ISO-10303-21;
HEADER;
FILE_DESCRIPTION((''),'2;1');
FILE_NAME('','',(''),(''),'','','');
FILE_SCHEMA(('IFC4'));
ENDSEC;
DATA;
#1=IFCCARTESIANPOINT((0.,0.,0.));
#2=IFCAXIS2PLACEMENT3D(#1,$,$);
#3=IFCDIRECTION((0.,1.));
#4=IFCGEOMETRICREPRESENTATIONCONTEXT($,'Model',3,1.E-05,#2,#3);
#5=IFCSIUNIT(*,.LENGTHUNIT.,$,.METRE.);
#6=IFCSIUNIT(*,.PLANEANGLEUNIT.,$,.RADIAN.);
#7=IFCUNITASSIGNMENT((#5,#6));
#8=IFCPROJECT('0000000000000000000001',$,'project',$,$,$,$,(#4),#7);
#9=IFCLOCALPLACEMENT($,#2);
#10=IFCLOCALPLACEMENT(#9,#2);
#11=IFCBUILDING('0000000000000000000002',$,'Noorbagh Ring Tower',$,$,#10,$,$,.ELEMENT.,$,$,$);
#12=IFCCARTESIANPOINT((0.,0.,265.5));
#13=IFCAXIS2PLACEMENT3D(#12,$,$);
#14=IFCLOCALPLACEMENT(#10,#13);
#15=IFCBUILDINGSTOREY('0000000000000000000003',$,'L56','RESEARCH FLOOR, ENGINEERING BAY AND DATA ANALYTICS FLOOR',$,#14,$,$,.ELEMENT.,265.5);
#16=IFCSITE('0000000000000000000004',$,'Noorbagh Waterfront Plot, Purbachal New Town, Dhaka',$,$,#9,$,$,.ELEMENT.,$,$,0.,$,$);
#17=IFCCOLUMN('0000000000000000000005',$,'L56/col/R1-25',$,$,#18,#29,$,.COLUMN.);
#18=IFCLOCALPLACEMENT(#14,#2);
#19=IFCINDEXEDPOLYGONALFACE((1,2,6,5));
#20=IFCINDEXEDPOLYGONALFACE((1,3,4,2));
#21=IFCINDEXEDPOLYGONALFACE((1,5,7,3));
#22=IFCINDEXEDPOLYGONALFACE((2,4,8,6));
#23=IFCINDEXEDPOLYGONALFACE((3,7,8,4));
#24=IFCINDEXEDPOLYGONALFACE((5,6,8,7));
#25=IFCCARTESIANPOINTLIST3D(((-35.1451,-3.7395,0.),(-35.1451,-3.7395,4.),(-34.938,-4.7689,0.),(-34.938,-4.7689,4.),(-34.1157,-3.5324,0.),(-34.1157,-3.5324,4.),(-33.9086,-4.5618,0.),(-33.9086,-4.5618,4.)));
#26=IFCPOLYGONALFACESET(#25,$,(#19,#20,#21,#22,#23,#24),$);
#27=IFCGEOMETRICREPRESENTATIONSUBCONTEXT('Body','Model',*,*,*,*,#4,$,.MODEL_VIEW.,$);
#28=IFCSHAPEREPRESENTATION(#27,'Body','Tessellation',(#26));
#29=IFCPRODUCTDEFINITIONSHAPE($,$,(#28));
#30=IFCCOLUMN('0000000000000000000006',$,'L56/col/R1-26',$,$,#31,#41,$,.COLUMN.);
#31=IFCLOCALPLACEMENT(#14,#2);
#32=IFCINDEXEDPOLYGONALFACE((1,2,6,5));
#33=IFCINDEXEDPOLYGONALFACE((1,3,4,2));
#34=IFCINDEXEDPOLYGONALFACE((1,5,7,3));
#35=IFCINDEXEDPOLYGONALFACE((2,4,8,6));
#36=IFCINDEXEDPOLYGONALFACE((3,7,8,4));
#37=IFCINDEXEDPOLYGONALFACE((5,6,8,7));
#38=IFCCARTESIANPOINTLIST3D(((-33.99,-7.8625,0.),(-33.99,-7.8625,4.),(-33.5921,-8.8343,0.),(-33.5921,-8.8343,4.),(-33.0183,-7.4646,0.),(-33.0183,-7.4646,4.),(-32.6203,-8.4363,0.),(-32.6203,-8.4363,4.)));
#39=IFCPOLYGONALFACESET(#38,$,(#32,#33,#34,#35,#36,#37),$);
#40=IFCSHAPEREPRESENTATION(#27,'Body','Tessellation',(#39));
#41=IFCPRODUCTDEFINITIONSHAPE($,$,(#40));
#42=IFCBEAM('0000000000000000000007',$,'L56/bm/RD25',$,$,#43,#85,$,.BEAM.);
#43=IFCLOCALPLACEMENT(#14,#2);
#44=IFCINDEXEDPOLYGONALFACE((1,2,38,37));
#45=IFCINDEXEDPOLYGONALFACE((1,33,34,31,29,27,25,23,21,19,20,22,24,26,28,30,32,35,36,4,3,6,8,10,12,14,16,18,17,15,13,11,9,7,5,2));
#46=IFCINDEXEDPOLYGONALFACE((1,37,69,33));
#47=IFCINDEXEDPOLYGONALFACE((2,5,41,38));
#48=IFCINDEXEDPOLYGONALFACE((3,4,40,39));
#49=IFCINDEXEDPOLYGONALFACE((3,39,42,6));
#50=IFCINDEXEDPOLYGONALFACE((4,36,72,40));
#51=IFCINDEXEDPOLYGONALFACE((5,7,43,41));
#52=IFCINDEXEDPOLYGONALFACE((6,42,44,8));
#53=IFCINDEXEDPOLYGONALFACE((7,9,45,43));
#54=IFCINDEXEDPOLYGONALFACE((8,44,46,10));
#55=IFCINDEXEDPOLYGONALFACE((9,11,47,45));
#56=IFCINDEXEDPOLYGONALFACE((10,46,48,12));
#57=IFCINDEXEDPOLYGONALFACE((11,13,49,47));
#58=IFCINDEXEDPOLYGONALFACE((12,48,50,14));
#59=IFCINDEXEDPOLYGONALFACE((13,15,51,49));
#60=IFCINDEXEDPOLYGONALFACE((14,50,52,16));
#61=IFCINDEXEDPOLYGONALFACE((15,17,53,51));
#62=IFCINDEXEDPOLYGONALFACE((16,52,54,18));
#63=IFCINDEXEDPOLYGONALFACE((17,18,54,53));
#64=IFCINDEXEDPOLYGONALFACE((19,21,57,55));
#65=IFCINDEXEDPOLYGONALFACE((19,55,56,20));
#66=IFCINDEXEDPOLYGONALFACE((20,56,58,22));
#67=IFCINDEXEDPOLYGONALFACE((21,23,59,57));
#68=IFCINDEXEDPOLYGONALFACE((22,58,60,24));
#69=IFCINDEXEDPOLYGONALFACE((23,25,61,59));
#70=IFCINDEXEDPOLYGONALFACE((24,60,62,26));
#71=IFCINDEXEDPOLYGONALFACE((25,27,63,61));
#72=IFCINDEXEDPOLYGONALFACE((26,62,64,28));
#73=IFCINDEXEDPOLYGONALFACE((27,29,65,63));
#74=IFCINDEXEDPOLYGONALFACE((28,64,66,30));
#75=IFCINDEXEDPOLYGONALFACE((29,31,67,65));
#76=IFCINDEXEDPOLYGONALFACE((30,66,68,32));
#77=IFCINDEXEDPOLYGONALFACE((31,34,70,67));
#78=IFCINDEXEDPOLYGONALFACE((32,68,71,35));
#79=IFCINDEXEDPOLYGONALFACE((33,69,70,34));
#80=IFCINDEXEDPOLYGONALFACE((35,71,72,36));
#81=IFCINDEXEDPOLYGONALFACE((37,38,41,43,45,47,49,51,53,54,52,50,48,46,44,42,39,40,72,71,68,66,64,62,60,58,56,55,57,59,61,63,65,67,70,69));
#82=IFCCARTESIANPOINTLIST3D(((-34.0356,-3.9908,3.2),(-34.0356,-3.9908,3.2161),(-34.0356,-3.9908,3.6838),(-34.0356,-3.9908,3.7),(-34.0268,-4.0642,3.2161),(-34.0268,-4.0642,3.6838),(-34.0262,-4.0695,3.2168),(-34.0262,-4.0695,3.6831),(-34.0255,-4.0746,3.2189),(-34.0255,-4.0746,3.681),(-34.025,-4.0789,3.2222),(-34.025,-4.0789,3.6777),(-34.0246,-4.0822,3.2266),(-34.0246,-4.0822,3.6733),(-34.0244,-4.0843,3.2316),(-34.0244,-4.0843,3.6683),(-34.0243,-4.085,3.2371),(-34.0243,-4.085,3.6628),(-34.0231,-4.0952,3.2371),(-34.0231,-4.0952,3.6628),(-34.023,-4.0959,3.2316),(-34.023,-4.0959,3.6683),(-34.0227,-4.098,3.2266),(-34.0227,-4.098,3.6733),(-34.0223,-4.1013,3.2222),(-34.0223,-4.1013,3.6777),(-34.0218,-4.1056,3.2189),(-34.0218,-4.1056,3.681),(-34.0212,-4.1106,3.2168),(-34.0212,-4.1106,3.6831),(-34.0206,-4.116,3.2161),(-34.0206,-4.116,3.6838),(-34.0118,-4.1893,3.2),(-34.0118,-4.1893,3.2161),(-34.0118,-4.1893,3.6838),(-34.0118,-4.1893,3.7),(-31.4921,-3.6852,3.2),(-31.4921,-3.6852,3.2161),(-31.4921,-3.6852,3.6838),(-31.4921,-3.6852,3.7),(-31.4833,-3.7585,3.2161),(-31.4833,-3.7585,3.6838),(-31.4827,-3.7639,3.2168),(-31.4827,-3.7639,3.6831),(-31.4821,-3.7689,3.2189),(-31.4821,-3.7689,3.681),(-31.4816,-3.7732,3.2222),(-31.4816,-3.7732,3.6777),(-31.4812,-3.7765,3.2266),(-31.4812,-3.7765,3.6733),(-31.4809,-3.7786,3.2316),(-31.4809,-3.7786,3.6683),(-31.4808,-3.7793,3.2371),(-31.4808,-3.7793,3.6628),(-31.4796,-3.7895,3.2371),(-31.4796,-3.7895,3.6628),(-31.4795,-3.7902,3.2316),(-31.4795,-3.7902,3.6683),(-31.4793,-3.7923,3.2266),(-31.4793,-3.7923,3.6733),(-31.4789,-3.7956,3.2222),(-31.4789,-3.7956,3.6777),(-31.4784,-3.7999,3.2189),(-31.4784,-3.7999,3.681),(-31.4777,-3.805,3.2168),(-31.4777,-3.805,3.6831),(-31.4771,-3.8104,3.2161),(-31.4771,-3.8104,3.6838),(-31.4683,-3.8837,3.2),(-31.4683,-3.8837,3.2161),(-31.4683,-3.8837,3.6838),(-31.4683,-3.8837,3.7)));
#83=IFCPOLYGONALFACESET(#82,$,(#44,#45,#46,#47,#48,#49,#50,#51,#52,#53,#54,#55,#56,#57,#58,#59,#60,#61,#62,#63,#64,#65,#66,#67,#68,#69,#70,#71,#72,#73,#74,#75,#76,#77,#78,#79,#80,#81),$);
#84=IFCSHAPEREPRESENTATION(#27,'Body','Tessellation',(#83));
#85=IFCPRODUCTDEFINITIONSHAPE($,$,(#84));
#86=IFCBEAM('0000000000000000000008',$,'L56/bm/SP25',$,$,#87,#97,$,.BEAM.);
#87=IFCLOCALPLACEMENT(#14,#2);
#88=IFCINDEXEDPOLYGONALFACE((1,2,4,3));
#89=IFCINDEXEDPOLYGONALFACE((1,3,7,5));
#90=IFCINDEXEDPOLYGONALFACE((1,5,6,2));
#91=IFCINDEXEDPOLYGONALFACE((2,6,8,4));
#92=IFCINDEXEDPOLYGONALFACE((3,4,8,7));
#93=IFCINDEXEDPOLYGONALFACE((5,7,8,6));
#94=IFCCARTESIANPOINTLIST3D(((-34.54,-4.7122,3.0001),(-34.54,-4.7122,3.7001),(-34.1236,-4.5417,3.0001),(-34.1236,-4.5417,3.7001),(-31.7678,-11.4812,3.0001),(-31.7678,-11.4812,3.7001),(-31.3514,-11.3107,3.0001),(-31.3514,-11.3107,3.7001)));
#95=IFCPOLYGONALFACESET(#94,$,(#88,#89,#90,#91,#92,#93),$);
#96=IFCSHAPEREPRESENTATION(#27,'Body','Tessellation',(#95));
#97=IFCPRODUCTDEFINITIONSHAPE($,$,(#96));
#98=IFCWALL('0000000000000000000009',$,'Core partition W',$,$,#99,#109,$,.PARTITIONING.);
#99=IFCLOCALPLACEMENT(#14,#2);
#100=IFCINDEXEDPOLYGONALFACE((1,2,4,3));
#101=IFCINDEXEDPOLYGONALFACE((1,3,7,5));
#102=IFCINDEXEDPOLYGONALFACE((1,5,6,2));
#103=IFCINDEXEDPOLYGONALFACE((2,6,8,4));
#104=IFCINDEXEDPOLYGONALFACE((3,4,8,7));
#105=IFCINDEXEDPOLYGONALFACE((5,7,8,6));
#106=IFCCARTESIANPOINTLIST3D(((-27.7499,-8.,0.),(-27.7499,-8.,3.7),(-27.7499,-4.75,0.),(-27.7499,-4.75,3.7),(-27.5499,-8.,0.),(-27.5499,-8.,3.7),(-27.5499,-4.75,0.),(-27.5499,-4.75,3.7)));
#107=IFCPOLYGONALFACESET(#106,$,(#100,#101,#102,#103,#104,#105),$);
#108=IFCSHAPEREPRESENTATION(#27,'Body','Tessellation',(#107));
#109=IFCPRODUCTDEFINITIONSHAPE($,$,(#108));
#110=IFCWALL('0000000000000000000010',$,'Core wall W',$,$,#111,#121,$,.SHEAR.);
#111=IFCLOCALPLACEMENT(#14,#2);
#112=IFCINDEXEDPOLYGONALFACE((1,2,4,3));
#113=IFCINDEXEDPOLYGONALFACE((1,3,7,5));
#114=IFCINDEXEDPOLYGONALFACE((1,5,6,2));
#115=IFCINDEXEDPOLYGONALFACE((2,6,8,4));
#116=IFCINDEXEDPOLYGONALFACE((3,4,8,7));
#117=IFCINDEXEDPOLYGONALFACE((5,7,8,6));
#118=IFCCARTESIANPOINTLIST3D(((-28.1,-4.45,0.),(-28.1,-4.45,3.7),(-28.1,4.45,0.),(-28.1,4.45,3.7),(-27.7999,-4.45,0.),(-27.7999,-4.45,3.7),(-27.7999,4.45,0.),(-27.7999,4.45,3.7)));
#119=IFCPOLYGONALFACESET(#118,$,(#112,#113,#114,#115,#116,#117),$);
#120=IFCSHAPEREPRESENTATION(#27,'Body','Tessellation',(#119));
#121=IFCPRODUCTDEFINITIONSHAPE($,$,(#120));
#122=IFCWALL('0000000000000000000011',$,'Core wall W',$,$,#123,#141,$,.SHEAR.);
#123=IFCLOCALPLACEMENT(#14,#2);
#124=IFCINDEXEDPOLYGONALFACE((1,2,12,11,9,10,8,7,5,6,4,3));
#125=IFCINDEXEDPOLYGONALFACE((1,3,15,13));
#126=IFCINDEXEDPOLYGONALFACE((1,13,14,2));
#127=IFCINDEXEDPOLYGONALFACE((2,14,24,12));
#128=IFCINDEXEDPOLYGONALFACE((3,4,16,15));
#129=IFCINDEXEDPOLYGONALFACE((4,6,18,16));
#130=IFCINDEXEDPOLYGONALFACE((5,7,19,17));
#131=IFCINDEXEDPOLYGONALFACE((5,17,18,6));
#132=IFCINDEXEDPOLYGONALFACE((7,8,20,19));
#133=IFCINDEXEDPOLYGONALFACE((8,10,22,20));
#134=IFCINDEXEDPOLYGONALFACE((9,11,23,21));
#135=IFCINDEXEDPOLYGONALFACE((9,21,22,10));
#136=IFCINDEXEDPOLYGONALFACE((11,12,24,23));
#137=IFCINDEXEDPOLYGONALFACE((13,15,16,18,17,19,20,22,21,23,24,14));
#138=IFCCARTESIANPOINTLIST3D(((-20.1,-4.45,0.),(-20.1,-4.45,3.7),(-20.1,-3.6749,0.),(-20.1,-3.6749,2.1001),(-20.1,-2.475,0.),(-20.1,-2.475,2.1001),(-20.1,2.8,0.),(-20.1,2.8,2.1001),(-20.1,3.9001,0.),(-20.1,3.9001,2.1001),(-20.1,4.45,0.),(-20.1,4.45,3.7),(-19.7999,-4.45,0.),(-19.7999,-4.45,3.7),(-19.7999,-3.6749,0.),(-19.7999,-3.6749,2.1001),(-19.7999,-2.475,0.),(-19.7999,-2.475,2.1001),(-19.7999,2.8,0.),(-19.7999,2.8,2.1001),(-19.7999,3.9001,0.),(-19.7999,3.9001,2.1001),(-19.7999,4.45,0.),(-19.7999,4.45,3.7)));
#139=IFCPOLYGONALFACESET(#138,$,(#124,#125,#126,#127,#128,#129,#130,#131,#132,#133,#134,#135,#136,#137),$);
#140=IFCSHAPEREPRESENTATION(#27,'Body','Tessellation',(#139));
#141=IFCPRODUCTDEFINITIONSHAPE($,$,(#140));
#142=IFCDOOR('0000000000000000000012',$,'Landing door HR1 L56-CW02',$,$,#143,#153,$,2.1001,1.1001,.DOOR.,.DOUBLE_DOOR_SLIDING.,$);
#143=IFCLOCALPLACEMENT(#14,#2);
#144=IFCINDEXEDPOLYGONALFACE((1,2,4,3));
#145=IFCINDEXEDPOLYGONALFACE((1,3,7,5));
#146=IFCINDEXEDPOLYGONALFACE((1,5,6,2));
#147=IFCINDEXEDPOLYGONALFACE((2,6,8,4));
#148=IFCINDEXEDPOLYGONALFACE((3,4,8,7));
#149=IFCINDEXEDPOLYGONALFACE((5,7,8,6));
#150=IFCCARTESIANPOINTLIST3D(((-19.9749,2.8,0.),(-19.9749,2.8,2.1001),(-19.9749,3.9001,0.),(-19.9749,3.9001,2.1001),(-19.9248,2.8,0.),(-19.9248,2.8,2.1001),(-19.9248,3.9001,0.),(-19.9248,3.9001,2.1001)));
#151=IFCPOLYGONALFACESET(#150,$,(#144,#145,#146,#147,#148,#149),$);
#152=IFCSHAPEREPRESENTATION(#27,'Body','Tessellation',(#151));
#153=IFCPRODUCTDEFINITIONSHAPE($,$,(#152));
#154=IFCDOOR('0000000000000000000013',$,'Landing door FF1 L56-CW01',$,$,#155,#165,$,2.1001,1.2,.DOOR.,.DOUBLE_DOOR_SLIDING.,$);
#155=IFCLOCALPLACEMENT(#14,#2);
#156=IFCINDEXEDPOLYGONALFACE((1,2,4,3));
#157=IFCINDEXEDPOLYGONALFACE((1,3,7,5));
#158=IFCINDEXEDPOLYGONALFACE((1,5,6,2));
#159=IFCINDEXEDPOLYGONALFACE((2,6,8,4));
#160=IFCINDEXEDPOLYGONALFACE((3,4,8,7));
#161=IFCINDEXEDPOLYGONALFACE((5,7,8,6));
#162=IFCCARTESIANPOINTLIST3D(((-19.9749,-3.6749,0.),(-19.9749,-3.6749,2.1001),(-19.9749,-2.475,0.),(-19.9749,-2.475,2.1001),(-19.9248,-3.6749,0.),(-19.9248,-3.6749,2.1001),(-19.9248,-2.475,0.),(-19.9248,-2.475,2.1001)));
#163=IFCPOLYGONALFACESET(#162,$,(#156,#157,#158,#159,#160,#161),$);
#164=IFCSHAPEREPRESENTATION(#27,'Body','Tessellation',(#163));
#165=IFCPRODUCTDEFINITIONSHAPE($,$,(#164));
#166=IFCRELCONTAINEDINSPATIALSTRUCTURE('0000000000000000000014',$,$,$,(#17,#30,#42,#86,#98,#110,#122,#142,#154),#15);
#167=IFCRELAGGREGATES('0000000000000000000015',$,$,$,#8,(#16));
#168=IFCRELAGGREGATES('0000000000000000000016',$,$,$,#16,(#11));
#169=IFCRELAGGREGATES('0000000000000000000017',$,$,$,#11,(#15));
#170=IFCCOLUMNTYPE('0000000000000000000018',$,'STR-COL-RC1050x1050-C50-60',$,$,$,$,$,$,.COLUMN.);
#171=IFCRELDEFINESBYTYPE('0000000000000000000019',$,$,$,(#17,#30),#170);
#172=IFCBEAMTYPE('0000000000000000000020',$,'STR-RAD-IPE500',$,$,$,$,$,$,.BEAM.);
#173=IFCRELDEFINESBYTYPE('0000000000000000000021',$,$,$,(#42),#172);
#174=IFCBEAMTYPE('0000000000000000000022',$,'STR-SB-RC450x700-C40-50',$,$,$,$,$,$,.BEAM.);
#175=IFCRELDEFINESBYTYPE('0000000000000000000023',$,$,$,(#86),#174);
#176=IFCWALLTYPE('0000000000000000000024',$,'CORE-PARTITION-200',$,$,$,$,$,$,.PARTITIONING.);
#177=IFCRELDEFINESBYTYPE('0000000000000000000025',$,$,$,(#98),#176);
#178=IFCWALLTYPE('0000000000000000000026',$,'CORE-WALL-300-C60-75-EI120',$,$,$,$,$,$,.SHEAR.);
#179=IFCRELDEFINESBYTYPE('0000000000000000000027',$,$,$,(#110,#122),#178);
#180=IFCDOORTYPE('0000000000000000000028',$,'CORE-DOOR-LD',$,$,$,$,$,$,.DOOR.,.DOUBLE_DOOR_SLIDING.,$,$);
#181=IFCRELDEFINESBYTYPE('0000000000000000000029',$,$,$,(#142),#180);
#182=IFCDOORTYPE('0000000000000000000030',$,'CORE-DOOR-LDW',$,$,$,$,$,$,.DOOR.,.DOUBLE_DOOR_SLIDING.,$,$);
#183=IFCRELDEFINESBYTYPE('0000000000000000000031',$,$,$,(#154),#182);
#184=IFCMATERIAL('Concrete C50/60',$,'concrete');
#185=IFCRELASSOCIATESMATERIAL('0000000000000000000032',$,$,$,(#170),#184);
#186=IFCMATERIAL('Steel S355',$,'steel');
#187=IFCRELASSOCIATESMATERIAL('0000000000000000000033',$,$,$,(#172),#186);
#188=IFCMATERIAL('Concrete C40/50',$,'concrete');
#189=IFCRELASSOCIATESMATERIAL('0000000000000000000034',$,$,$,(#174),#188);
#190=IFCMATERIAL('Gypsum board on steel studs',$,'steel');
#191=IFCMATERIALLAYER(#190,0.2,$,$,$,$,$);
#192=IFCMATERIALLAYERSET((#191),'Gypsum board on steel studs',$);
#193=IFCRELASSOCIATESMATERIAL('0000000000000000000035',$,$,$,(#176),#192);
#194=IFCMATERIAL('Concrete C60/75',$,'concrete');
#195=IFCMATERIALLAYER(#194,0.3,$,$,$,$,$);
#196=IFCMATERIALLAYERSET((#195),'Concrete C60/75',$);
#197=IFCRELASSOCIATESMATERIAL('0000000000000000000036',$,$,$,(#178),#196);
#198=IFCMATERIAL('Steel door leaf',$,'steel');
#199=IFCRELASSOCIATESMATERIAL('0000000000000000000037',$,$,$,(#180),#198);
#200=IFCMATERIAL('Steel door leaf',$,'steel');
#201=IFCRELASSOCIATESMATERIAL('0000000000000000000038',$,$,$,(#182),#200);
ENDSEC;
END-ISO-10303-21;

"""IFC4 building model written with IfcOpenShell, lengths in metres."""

from ifc_helpers import new_model, si_unit, direction, frame, frame_2d, origin, origin_2d, place, context, subcontext, project, spatial, rectangle, i_section, extrude, material, layer, layer_set, material_profile, profile_set, type_object, element, fill, save


model = new_model("IFC4")

# Units and contexts
model_context = context("Model", 3, precision=1e-05, world=origin(), true_north=direction((0.0, 1.0)))
body_context = subcontext(model_context, "Body", "Model", "MODEL_VIEW")
ifc_project = project(units=[si_unit("LENGTHUNIT", "METRE"), si_unit("PLANEANGLEUNIT", "RADIAN")], contexts=[model_context])

# Site, building, storey
site_placement = place(None, origin())
site = spatial("IfcSite", under=ifc_project, at=site_placement, Name="Noorbagh Waterfront Plot, Purbachal New Town, Dhaka", CompositionType="ELEMENT", RefElevation=0.0)
building_placement = place(site_placement, origin())
building = spatial("IfcBuilding", under=site, at=building_placement, Name="Noorbagh Ring Tower", CompositionType="ELEMENT")
storey_placement = place(building_placement, frame((0.0, 0.0, 265.5)))
storey = spatial("IfcBuildingStorey", under=building, at=storey_placement, Name="L56", Description="RESEARCH FLOOR, ENGINEERING BAY AND DATA ANALYTICS FLOOR", CompositionType="ELEMENT", Elevation=265.5)

# Columns
ifc_material_1 = material(Name="Concrete C50/60", Category="concrete")
ifc_material_profile_1 = material_profile(ifc_material_1, rectangle(XDim=1.05, YDim=1.05, at=origin_2d()), Name="RC1050x1050")
ifc_profile_set_1 = profile_set([ifc_material_profile_1], Name="Concrete C50/60")
column_type = type_object("IfcColumnType", Name="STR-COL-RC1050x1050-C50-60", PredefinedType="COLUMN", material=ifc_profile_set_1)
for number, where, z_axis, x_axis, name in (
    (1, (-34.5269, -4.1506, 0.0), (0.0, 0.0, 1.0), (0.19723, -0.980357, 0.0), "L56/col/R1-25"),
    (2, (-33.3052, -8.1494, 0.0), (0.0, 0.0, 1.0), (0.378989, -0.925401, 0.0), "L56/col/R1-26"),
):
    element("IfcColumn", number, at=place(storey_placement, frame(where, z_axis=z_axis, x_axis=x_axis)), inside=storey, type_object=column_type, Name=name, PredefinedType="COLUMN", context=body_context, shape_type="SweptSolid", body=[
        extrude(rectangle(XDim=1.05, YDim=1.05, at=origin_2d()), origin(), (0.0, 0.0, 1.0), 4.0),
    ])

# Beams
ifc_material_2 = material(Name="Steel S355", Category="steel")
ifc_material_profile_2 = material_profile(ifc_material_2, i_section(OverallWidth=0.2, OverallDepth=0.5, WebThickness=0.0103, FlangeThickness=0.0161, FilletRadius=0.021, at=origin_2d()), Name="IPE500")
ifc_profile_set_2 = profile_set([ifc_material_profile_2], Name="Steel S355")
beam_type_1 = type_object("IfcBeamType", Name="STR-RAD-IPE500", PredefinedType="BEAM", material=ifc_profile_set_2)
beam_1_placement = place(storey_placement, frame((-34.0237, -4.0901, 3.45), z_axis=(0.992856, 0.119318, 0.0), x_axis=(-0.119318, 0.992856, 0.0)))
element("IfcBeam", 3, at=beam_1_placement, inside=storey, type_object=beam_type_1, Name="L56/bm/RD25", PredefinedType="BEAM", context=body_context, shape_type="SweptSolid", body=[
    extrude(i_section(OverallWidth=0.2, OverallDepth=0.5, WebThickness=0.0103, FlangeThickness=0.0161, FilletRadius=0.021, at=origin_2d()), origin(), (0.0, 0.0, 1.0), 2.5618),
])
ifc_material_3 = material(Name="Concrete C40/50", Category="concrete")
ifc_material_profile_3 = material_profile(ifc_material_3, rectangle(XDim=0.45, YDim=0.7, at=origin_2d()), Name="RC450x700")
ifc_profile_set_3 = profile_set([ifc_material_profile_3], Name="Concrete C40/50")
beam_type_2 = type_object("IfcBeamType", Name="STR-SB-RC450x700-C40-50", PredefinedType="BEAM", material=ifc_profile_set_3)
beam_2_placement = place(storey_placement, frame((-34.3318, -4.627, 3.3501), z_axis=(0.378992, -0.9254, 0.0), x_axis=(0.9254, 0.378992, 0.0)))
element("IfcBeam", 4, at=beam_2_placement, inside=storey, type_object=beam_type_2, Name="L56/bm/SP25", PredefinedType="BEAM", context=body_context, shape_type="SweptSolid", body=[
    extrude(rectangle(XDim=0.45, YDim=0.7, at=origin_2d()), origin(), (0.0, 0.0, 1.0), 7.3147),
])

# Walls
ifc_material_4 = material(Name="Gypsum board on steel studs", Category="steel")
ifc_layer_1 = layer(ifc_material_4, 0.2)
ifc_layer_set_1 = layer_set([ifc_layer_1], Name="Gypsum board on steel studs")
wall_type_1 = type_object("IfcWallType", Name="CORE-PARTITION-200", PredefinedType="PARTITIONING", material=ifc_layer_set_1)
wall_1_placement = place(storey_placement, frame((-27.6499, -8.0, 0.0), z_axis=(0.0, 0.0, 1.0), x_axis=(0.0, 1.0, 0.0)))
element("IfcWall", 5, at=wall_1_placement, inside=storey, type_object=wall_type_1, Name="Core partition W", PredefinedType="PARTITIONING", context=body_context, shape_type="SweptSolid", body=[
    extrude(rectangle(XDim=3.25, YDim=0.2, at=frame_2d((1.625, 0.0))), origin(), (0.0, 0.0, 1.0), 3.7),
])
ifc_material_5 = material(Name="Concrete C60/75", Category="concrete")
ifc_layer_2 = layer(ifc_material_5, 0.3)
ifc_layer_set_2 = layer_set([ifc_layer_2], Name="Concrete C60/75")
wall_type_2 = type_object("IfcWallType", Name="CORE-WALL-300-C60-75-EI120", PredefinedType="SHEAR", material=ifc_layer_set_2)
wall_2_placement = place(storey_placement, frame((-27.95, -4.45, 0.0), z_axis=(0.0, 0.0, 1.0), x_axis=(0.0, 1.0, 0.0)))
element("IfcWall", 6, at=wall_2_placement, inside=storey, type_object=wall_type_2, Name="Core wall W", PredefinedType="SHEAR", context=body_context, shape_type="SweptSolid", body=[
    extrude(rectangle(XDim=8.8999, YDim=0.3, at=frame_2d((4.45, 0.0))), origin(), (0.0, 0.0, 1.0), 3.7),
])

# Wall, openings, doors
wall_3_placement = place(storey_placement, frame((-19.95, -4.45, 0.0), z_axis=(0.0, 0.0, 1.0), x_axis=(0.0, 1.0, 0.0)))
wall_3 = element("IfcWall", 7, at=wall_3_placement, inside=storey, type_object=wall_type_2, Name="Core wall W", PredefinedType="SHEAR", context=body_context, shape_type="SweptSolid", body=[
    extrude(rectangle(XDim=8.8999, YDim=0.3, at=frame_2d((4.45, 0.0))), origin(), (0.0, 0.0, 1.0), 3.7),
])
opening_1_placement = place(wall_3_placement, frame((0.7749, 0.0, 0.0)))
opening_1 = element("IfcOpeningElement", 8, at=opening_1_placement, cuts=wall_3, PredefinedType="OPENING", context=body_context, shape_type="SweptSolid", body=[
    extrude(rectangle(XDim=1.2, YDim=2.1001, at=frame_2d((0.6001, 1.05))), frame((0.0, 0.1602, 0.0), z_axis=(0.0, -1.0, 0.0), x_axis=(1.0, 0.0, 0.0)), (0.0, 0.0, 1.0), 0.3201),
])
opening_2_placement = place(wall_3_placement, frame((7.25, 0.0, 0.0)))
opening_2 = element("IfcOpeningElement", 9, at=opening_2_placement, cuts=wall_3, PredefinedType="OPENING", context=body_context, shape_type="SweptSolid", body=[
    extrude(rectangle(XDim=1.1001, YDim=2.1001, at=frame_2d((0.55, 1.05))), frame((0.0, 0.1602, 0.0), z_axis=(0.0, -1.0, 0.0), x_axis=(1.0, 0.0, 0.0)), (0.0, 0.0, 1.0), 0.3201),
])
ifc_material_6 = material(Name="Steel door leaf", Category="steel")
door_type_1 = type_object("IfcDoorType", Name="CORE-DOOR-LD", OperationType="DOUBLE_DOOR_SLIDING", PredefinedType="DOOR", material=ifc_material_6)
door_1_placement = place(opening_2_placement, origin())
door_1 = element("IfcDoor", 10, at=door_1_placement, inside=storey, type_object=door_type_1, Name="Landing door HR1 L56-CW02", OperationType="DOUBLE_DOOR_SLIDING", OverallHeight=2.1001, OverallWidth=1.1001, PredefinedType="DOOR", context=body_context, shape_type="SweptSolid", body=[
    extrude(rectangle(XDim=1.1001, YDim=2.1001, at=frame_2d((0.55, 1.05))), frame((0.0, 0.0249, 0.0), z_axis=(0.0, -1.0, 0.0), x_axis=(1.0, 0.0, 0.0)), (0.0, 0.0, 1.0), 0.05),
])
fill(opening_2, door_1)
ifc_material_7 = material(Name="Steel door leaf", Category="steel")
door_type_2 = type_object("IfcDoorType", Name="CORE-DOOR-LDW", OperationType="DOUBLE_DOOR_SLIDING", PredefinedType="DOOR", material=ifc_material_7)
door_2_placement = place(opening_1_placement, origin())
door_2 = element("IfcDoor", 11, at=door_2_placement, inside=storey, type_object=door_type_2, Name="Landing door FF1 L56-CW01", OperationType="DOUBLE_DOOR_SLIDING", OverallHeight=2.1001, OverallWidth=1.2, PredefinedType="DOOR", context=body_context, shape_type="SweptSolid", body=[
    extrude(rectangle(XDim=1.2, YDim=2.1001, at=frame_2d((0.6001, 1.05))), frame((0.0, 0.0249, 0.0), z_axis=(0.0, -1.0, 0.0), x_axis=(1.0, 0.0, 0.0)), (0.0, 0.0, 1.0), 0.05),
])
fill(opening_1, door_2)

save(model, "model.ifc")
